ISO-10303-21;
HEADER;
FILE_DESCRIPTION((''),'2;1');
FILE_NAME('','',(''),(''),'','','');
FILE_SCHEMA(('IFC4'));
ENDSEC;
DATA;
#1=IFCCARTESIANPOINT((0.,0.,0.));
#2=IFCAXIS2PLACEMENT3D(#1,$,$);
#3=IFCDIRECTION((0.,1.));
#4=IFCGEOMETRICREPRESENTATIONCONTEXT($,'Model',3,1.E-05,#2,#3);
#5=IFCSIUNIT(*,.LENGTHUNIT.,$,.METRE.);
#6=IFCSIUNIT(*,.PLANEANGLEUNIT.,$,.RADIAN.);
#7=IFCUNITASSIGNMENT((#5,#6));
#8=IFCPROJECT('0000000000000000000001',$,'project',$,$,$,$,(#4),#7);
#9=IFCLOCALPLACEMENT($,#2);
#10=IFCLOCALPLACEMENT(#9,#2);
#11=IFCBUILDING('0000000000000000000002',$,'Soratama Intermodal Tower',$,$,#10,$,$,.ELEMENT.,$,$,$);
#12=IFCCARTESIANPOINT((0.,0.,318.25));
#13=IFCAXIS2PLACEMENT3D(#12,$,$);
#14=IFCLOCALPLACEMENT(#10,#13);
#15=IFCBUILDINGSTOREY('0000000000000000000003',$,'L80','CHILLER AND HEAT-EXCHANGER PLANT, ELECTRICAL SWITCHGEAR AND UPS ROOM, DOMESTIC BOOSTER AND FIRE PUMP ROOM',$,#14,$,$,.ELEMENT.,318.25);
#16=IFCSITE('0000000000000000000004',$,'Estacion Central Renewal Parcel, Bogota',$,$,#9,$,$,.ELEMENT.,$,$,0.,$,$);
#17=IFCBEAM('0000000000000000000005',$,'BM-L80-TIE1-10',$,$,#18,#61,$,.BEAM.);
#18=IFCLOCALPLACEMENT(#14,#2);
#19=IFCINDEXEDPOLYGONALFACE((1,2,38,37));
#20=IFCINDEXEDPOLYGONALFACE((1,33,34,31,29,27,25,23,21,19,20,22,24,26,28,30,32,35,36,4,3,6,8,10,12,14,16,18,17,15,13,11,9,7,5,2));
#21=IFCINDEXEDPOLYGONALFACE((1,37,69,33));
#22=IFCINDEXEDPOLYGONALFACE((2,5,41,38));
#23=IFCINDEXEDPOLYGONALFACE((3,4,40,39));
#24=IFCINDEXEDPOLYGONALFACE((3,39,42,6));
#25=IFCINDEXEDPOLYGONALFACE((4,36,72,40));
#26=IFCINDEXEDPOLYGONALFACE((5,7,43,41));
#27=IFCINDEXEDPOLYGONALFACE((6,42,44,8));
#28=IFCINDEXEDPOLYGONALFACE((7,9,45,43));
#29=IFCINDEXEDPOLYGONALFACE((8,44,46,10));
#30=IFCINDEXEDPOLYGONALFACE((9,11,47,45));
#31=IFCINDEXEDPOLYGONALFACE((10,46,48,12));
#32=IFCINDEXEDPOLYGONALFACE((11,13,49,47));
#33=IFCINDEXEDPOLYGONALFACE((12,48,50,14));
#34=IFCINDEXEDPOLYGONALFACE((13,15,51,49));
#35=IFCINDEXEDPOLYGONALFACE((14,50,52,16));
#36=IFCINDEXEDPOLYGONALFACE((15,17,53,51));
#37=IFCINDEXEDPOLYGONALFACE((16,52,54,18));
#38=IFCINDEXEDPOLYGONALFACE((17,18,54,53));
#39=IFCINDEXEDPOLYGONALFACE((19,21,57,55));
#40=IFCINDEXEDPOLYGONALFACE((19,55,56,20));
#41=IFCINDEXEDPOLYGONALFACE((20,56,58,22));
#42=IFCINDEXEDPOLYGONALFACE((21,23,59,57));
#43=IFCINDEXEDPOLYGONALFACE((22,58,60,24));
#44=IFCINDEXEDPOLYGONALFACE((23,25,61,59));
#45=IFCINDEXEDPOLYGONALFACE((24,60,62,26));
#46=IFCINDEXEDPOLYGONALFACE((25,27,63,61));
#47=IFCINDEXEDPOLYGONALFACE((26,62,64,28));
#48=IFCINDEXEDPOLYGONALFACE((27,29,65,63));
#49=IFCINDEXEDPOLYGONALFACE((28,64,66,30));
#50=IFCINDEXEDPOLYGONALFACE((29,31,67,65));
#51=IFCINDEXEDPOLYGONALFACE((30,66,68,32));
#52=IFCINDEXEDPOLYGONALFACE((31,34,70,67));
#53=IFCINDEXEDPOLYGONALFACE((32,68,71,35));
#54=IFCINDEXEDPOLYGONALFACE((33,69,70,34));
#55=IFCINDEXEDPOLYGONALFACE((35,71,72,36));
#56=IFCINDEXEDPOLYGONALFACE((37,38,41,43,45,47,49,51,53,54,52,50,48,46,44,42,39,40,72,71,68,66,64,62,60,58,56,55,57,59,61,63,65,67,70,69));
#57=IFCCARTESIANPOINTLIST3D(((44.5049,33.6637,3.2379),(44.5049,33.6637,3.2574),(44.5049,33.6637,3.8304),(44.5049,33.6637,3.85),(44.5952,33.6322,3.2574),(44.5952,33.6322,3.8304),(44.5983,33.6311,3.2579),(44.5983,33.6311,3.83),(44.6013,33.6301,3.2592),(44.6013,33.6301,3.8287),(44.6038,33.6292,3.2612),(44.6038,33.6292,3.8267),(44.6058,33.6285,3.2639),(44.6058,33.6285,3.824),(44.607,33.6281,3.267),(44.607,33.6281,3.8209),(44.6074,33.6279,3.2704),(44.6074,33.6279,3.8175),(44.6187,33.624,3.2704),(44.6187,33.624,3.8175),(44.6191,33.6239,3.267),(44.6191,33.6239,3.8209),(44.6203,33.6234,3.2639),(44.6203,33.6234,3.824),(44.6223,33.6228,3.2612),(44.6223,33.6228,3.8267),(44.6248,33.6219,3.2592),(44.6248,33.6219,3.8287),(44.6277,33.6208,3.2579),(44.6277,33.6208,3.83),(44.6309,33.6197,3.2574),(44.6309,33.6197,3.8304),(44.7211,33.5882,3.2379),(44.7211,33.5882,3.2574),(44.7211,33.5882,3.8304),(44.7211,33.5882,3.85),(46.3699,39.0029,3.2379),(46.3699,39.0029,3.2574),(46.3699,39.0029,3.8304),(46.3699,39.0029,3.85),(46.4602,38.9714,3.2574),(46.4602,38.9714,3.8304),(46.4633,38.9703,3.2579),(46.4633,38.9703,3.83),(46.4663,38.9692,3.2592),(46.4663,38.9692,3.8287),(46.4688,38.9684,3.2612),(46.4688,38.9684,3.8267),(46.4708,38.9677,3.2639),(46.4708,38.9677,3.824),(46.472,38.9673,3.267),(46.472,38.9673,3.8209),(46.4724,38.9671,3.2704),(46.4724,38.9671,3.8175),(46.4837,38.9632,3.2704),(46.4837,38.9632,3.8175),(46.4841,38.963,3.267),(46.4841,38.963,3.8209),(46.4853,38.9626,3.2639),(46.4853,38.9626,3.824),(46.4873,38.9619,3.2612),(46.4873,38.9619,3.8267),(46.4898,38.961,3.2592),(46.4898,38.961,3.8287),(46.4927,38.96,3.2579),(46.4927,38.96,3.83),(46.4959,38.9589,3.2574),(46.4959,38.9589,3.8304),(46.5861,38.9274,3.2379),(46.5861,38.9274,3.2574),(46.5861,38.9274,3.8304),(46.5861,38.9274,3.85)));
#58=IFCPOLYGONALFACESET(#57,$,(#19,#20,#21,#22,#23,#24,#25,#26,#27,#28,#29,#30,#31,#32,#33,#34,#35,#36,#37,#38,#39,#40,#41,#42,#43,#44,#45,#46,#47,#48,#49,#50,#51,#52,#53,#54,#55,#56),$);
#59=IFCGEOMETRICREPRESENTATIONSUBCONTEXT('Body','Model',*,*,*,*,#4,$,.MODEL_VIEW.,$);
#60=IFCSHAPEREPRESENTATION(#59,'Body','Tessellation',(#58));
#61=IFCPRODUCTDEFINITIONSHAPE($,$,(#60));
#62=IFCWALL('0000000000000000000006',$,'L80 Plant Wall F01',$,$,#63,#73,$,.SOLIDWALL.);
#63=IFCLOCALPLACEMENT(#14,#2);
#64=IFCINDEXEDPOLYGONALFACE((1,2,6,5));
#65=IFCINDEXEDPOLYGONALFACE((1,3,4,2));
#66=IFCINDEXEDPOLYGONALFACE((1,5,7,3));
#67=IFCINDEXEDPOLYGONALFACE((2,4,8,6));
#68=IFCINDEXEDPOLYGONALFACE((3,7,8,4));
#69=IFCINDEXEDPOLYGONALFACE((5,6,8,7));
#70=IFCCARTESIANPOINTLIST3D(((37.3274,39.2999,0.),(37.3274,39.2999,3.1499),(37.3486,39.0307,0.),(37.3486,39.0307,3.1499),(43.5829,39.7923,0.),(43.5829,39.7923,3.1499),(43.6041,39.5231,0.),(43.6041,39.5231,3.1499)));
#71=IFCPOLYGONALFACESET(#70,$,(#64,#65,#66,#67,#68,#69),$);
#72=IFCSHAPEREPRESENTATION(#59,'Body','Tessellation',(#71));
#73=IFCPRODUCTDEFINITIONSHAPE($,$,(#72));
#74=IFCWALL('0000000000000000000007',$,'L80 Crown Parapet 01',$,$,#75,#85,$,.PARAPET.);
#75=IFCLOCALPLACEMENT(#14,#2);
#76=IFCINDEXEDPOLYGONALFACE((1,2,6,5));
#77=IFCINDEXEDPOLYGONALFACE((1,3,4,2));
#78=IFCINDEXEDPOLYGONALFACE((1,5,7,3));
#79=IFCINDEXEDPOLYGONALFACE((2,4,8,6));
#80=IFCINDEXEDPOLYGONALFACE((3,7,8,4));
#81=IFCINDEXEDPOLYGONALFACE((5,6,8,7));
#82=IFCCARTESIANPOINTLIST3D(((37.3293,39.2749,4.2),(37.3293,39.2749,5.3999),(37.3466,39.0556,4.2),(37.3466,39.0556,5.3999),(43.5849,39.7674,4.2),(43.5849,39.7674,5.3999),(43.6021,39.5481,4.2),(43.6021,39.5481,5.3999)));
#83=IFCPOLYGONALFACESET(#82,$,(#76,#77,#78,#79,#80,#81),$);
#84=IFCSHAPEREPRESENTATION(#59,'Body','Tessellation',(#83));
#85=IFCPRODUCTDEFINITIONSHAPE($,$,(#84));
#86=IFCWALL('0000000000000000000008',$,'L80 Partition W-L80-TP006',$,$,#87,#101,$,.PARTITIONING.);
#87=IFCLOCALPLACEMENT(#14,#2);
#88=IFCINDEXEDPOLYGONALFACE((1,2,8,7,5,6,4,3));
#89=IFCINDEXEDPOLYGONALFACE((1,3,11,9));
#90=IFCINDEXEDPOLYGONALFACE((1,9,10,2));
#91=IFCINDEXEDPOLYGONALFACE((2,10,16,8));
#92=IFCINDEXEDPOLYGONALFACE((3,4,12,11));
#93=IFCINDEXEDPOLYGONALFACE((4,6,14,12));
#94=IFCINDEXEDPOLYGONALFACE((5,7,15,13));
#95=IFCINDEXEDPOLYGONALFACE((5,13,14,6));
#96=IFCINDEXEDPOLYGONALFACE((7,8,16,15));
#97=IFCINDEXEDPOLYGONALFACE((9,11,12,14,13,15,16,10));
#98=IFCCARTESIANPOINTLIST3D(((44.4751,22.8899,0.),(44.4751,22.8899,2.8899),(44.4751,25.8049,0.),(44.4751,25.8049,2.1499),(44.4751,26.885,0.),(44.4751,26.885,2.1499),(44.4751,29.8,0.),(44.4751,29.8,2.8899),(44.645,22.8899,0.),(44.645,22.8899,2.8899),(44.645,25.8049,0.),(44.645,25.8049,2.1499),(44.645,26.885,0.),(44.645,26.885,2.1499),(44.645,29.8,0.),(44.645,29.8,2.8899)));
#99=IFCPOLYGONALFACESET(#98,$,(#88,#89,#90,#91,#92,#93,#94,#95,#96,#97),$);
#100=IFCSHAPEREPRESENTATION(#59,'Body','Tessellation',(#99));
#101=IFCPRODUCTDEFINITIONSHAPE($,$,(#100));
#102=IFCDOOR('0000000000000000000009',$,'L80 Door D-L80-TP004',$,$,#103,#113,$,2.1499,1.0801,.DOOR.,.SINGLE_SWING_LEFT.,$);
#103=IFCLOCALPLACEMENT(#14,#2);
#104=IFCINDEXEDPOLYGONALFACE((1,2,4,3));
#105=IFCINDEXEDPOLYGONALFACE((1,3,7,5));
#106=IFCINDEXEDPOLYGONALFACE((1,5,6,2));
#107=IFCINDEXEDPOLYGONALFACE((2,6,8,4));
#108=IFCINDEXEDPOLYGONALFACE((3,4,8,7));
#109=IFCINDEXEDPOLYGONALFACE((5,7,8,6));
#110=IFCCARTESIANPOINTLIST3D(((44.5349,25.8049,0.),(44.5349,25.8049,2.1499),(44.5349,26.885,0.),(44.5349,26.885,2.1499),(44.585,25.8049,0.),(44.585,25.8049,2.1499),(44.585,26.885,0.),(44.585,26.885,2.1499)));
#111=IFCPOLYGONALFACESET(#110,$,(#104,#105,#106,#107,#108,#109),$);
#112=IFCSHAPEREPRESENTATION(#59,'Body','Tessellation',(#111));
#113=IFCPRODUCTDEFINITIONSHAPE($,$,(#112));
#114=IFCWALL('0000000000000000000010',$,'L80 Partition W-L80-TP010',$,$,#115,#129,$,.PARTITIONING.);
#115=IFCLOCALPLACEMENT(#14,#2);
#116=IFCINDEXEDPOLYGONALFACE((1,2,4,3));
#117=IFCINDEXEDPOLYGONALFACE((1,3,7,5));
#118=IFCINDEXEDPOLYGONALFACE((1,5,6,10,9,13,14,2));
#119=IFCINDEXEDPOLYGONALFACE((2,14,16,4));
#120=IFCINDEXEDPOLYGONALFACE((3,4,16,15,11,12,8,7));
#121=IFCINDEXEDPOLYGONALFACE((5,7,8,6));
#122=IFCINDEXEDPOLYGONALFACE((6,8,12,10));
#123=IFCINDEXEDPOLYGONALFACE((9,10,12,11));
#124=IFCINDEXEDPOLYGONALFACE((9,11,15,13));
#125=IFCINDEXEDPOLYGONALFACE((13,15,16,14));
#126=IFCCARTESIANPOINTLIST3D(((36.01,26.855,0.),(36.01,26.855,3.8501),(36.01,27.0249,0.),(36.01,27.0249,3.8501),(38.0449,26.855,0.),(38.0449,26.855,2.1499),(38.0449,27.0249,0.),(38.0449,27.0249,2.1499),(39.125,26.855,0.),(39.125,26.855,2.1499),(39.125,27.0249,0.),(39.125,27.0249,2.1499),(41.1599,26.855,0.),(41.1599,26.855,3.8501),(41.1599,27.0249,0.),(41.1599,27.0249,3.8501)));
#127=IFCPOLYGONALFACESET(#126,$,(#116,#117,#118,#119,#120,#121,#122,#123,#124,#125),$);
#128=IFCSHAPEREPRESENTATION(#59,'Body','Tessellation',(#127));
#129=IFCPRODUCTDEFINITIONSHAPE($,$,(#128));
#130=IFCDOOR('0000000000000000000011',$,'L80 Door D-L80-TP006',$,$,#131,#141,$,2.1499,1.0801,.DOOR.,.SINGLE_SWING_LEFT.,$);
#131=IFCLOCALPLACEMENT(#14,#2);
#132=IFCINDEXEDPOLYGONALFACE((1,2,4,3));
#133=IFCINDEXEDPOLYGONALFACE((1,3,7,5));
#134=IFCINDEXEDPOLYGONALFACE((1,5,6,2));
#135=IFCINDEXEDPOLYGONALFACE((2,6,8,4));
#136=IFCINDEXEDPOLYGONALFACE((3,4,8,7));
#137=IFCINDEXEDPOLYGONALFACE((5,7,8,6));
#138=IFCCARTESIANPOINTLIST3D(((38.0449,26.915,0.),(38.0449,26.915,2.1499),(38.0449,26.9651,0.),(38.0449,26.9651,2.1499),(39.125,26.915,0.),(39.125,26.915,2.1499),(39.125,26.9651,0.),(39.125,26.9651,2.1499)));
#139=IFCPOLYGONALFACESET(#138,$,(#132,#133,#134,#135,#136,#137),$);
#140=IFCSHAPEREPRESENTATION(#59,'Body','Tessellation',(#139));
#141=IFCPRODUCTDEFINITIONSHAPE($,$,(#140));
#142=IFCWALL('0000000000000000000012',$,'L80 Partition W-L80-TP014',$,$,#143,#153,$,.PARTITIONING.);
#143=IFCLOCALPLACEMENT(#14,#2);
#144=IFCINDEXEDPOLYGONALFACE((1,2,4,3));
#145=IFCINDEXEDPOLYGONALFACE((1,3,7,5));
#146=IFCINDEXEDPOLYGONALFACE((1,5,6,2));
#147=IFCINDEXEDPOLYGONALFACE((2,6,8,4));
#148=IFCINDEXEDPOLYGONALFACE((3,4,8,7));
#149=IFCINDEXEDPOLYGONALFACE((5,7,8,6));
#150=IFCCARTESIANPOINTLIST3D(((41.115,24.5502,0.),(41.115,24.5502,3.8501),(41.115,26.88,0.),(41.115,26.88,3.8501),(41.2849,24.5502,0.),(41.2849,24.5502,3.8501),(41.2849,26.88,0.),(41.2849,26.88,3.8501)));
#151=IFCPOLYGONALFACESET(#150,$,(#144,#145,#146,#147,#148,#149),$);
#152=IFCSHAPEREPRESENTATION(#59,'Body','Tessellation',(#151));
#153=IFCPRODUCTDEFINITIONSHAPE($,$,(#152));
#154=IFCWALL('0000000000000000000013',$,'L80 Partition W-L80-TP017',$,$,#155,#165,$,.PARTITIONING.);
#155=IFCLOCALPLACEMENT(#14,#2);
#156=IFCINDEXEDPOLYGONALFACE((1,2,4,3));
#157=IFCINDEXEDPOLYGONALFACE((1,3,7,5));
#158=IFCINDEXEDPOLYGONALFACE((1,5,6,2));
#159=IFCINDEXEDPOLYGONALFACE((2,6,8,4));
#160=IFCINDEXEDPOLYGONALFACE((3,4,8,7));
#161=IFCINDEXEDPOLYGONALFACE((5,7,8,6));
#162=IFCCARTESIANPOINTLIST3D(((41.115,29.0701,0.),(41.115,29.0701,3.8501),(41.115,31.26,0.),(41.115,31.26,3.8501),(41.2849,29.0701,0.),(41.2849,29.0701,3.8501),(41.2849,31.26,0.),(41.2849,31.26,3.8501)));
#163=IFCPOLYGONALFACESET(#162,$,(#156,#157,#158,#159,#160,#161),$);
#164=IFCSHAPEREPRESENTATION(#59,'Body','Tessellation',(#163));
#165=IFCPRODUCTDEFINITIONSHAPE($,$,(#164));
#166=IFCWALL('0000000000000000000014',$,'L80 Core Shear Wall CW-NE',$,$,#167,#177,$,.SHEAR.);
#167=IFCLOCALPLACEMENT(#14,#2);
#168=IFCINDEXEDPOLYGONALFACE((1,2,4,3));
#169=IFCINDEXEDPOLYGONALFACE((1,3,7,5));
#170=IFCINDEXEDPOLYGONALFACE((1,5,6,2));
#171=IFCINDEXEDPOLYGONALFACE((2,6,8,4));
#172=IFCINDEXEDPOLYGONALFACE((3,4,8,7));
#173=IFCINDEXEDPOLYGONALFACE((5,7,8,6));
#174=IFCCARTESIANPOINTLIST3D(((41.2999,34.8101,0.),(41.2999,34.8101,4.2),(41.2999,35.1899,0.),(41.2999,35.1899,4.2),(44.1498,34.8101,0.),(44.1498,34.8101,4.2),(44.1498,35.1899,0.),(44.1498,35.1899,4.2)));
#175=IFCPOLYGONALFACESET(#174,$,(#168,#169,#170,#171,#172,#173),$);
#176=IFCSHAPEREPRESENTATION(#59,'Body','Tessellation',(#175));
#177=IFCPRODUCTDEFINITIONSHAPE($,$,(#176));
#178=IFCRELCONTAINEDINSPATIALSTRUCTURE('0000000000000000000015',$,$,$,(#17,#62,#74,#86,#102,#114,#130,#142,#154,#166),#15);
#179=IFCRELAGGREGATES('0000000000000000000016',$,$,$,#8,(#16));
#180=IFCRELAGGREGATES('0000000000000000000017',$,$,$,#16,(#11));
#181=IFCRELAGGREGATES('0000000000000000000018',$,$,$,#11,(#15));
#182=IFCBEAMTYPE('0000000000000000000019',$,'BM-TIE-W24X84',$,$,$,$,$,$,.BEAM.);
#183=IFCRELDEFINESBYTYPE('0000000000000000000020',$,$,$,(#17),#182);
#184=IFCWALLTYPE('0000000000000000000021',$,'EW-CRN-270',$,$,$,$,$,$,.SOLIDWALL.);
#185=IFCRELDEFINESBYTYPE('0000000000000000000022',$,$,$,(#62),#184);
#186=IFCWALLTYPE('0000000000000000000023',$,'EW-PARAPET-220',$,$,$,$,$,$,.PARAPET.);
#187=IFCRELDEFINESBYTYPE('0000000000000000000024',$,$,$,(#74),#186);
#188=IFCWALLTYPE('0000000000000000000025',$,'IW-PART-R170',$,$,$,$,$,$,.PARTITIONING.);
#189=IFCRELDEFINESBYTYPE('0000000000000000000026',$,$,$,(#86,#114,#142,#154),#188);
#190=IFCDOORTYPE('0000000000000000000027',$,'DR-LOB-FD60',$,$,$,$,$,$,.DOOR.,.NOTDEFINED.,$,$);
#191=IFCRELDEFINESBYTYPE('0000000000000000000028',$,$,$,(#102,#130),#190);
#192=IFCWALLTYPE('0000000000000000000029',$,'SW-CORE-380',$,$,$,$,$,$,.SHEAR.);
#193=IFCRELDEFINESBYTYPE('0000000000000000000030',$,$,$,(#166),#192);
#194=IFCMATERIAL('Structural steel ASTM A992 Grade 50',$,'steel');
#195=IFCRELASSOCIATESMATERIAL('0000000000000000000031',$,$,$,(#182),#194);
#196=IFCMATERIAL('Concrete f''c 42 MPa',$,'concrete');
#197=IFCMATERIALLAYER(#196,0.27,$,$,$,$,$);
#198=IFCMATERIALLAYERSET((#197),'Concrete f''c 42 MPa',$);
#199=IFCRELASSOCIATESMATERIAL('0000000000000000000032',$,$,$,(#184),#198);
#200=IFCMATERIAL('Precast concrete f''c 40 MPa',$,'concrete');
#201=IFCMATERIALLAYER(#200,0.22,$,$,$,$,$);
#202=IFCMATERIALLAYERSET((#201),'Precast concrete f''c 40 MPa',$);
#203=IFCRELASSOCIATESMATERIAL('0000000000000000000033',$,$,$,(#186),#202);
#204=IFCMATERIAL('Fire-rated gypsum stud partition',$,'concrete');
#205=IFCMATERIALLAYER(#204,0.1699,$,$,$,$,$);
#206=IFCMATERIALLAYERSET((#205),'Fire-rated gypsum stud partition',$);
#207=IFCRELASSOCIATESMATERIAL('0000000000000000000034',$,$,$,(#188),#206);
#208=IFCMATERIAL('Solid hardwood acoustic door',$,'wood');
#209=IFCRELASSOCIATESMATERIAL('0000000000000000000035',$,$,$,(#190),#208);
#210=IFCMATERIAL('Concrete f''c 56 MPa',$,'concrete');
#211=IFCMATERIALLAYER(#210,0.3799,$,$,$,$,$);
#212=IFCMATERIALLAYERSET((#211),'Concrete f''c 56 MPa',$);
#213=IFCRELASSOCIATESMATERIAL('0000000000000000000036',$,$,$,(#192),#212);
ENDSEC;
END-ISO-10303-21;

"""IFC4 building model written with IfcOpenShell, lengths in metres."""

from ifc_helpers import new_model, si_unit, direction, frame, frame_2d, origin, origin_2d, place, context, subcontext, project, spatial, rectangle, i_section, extrude, material, layer, layer_set, material_profile, profile_set, type_object, element, fill, save


model = new_model("IFC4")

# Units and contexts
model_context = context("Model", 3, precision=1e-05, world=origin(), true_north=direction((0.0, 1.0)))
body_context = subcontext(model_context, "Body", "Model", "MODEL_VIEW")
ifc_project = project(units=[si_unit("LENGTHUNIT", "METRE"), si_unit("PLANEANGLEUNIT", "RADIAN")], contexts=[model_context])

# Site, building, storey
site_placement = place(None, origin())
site = spatial("IfcSite", under=ifc_project, at=site_placement, Name="Estacion Central Renewal Parcel, Bogota", CompositionType="ELEMENT", RefElevation=0.0)
building_placement = place(site_placement, origin())
building = spatial("IfcBuilding", under=site, at=building_placement, Name="Soratama Intermodal Tower", CompositionType="ELEMENT")
storey_placement = place(building_placement, frame((0.0, 0.0, 318.25)))
storey = spatial("IfcBuildingStorey", under=building, at=storey_placement, Name="L80", Description="CHILLER AND HEAT-EXCHANGER PLANT, ELECTRICAL SWITCHGEAR AND UPS ROOM, DOMESTIC BOOSTER AND FIRE PUMP ROOM", CompositionType="ELEMENT", Elevation=318.25)

# Beam
ifc_material_1 = material(Name="Structural steel ASTM A992 Grade 50", Category="steel")
ifc_material_profile_1 = material_profile(ifc_material_1, i_section(OverallWidth=0.229, OverallDepth=0.6121, WebThickness=0.012, FlangeThickness=0.0195, FilletRadius=0.0129, at=origin_2d()), Name="W24X84")
ifc_profile_set_1 = profile_set([ifc_material_profile_1], Name="Structural steel ASTM A992 Grade 50")
beam_type_1 = type_object("IfcBeamType", Name="BM-TIE-W24X84", PredefinedType="BEAM", material=ifc_profile_set_1)
beam_1_placement = place(storey_placement, frame((44.613, 33.626, 3.5439), z_axis=(0.329768, 0.944062, 0.0), x_axis=(-0.944062, 0.329768, 0.0)))
element("IfcBeam", 1, at=beam_1_placement, inside=storey, type_object=beam_type_1, Name="BM-L80-TIE1-10", PredefinedType="BEAM", context=body_context, shape_type="SweptSolid", body=[
    extrude(i_section(OverallWidth=0.229, OverallDepth=0.6121, WebThickness=0.012, FlangeThickness=0.0195, FilletRadius=0.0129, at=origin_2d()), origin(), (0.0, 0.0, 1.0), 5.6555),
])

# Walls
ifc_material_2 = material(Name="Concrete f'c 42 MPa", Category="concrete")
ifc_layer_1 = layer(ifc_material_2, 0.27)
ifc_layer_set_1 = layer_set([ifc_layer_1], Name="Concrete f'c 42 MPa")
wall_type_1 = type_object("IfcWallType", Name="EW-CRN-270", PredefinedType="SOLIDWALL", material=ifc_layer_set_1)
wall_1_placement = place(storey_placement, frame((43.5935, 39.6577, 0.0), z_axis=(0.0, 0.0, 1.0), x_axis=(-0.996916, -0.078476, 0.0)))
element("IfcWall", 2, at=wall_1_placement, inside=storey, type_object=wall_type_1, Name="L80 Plant Wall F01", PredefinedType="SOLIDWALL", context=body_context, shape_type="SweptSolid", body=[
    extrude(rectangle(XDim=6.2749, YDim=0.27, at=frame_2d((3.1375, 0.0))), origin(), (0.0, 0.0, 1.0), 3.1499),
])
ifc_material_3 = material(Name="Precast concrete f'c 40 MPa", Category="concrete")
ifc_layer_2 = layer(ifc_material_3, 0.22)
ifc_layer_set_2 = layer_set([ifc_layer_2], Name="Precast concrete f'c 40 MPa")
wall_type_2 = type_object("IfcWallType", Name="EW-PARAPET-220", PredefinedType="PARAPET", material=ifc_layer_set_2)
wall_2_placement = place(storey_placement, frame((43.5935, 39.6577, 4.2), z_axis=(0.0, 0.0, 1.0), x_axis=(-0.996916, -0.078476, 0.0)))
element("IfcWall", 3, at=wall_2_placement, inside=storey, type_object=wall_type_2, Name="L80 Crown Parapet 01", PredefinedType="PARAPET", context=body_context, shape_type="SweptSolid", body=[
    extrude(rectangle(XDim=6.2749, YDim=0.22, at=frame_2d((3.1375, 0.0))), origin(), (0.0, 0.0, 1.0), 1.2),
])

# Walls, openings, doors
ifc_material_4 = material(Name="Fire-rated gypsum stud partition", Category="concrete")
ifc_layer_3 = layer(ifc_material_4, 0.1699)
ifc_layer_set_3 = layer_set([ifc_layer_3], Name="Fire-rated gypsum stud partition")
wall_type_3 = type_object("IfcWallType", Name="IW-PART-R170", PredefinedType="PARTITIONING", material=ifc_layer_set_3)
wall_3_placement = place(storey_placement, frame((44.5601, 29.8, 0.0), z_axis=(0.0, 0.0, 1.0), x_axis=(0.0, -1.0, 0.0)))
wall_3 = element("IfcWall", 4, at=wall_3_placement, inside=storey, type_object=wall_type_3, Name="L80 Partition W-L80-TP006", PredefinedType="PARTITIONING", context=body_context, shape_type="SweptSolid", body=[
    extrude(rectangle(XDim=6.9102, YDim=0.1699, at=frame_2d((3.4551, 0.0))), origin(), (0.0, 0.0, 1.0), 2.8899),
])
opening_1_placement = place(wall_3_placement, frame((2.915, 0.0, 0.0)))
opening_1 = element("IfcOpeningElement", 5, at=opening_1_placement, cuts=wall_3, PredefinedType="OPENING", context=body_context, shape_type="SweptSolid", body=[
    extrude(rectangle(XDim=1.0801, YDim=2.1499, at=frame_2d((0.54, 1.075))), frame((0.0, 0.095, 0.0), z_axis=(0.0, -1.0, 0.0), x_axis=(1.0, 0.0, 0.0)), (0.0, 0.0, 1.0), 0.1899),
])
ifc_material_5 = material(Name="Solid hardwood acoustic door", Category="wood")
door_type_1 = type_object("IfcDoorType", Name="DR-LOB-FD60", OperationType="NOTDEFINED", PredefinedType="DOOR", material=ifc_material_5)
door_1_placement = place(opening_1_placement, origin())
door_1 = element("IfcDoor", 6, at=door_1_placement, inside=storey, type_object=door_type_1, Name="L80 Door D-L80-TP004", OperationType="SINGLE_SWING_LEFT", OverallHeight=2.1499, OverallWidth=1.0801, PredefinedType="DOOR", context=body_context, shape_type="SweptSolid", body=[
    extrude(rectangle(XDim=1.0801, YDim=2.1499, at=frame_2d((0.54, 1.075))), frame((0.0, 0.0249, 0.0), z_axis=(0.0, -1.0, 0.0), x_axis=(1.0, 0.0, 0.0)), (0.0, 0.0, 1.0), 0.05),
])
fill(opening_1, door_1)
wall_4_placement = place(storey_placement, frame((41.1599, 26.9399, 0.0), z_axis=(0.0, 0.0, 1.0), x_axis=(-1.0, 0.0, 0.0)))
wall_4 = element("IfcWall", 7, at=wall_4_placement, inside=storey, type_object=wall_type_3, Name="L80 Partition W-L80-TP010", PredefinedType="PARTITIONING", context=body_context, shape_type="SweptSolid", body=[
    extrude(rectangle(XDim=5.1499, YDim=0.1699, at=frame_2d((2.575, 0.0))), origin(), (0.0, 0.0, 1.0), 3.8501),
])
opening_2_placement = place(wall_4_placement, frame((2.0349, 0.0, 0.0)))
opening_2 = element("IfcOpeningElement", 8, at=opening_2_placement, cuts=wall_4, PredefinedType="OPENING", context=body_context, shape_type="SweptSolid", body=[
    extrude(rectangle(XDim=1.0801, YDim=2.1499, at=frame_2d((0.54, 1.075))), frame((0.0, 0.095, 0.0), z_axis=(0.0, -1.0, 0.0), x_axis=(1.0, 0.0, 0.0)), (0.0, 0.0, 1.0), 0.1899),
])
door_2_placement = place(opening_2_placement, origin())
door_2 = element("IfcDoor", 9, at=door_2_placement, inside=storey, type_object=door_type_1, Name="L80 Door D-L80-TP006", OperationType="SINGLE_SWING_LEFT", OverallHeight=2.1499, OverallWidth=1.0801, PredefinedType="DOOR", context=body_context, shape_type="SweptSolid", body=[
    extrude(rectangle(XDim=1.0801, YDim=2.1499, at=frame_2d((0.54, 1.075))), frame((0.0, 0.0249, 0.0), z_axis=(0.0, -1.0, 0.0), x_axis=(1.0, 0.0, 0.0)), (0.0, 0.0, 1.0), 0.05),
])
fill(opening_2, door_2)

# Walls
wall_5_placement = place(storey_placement, frame((41.2, 24.55, 0.0), z_axis=(0.0, 0.0, 1.0), x_axis=(0.0, 1.0, 0.0)))
element("IfcWall", 10, at=wall_5_placement, inside=storey, type_object=wall_type_3, Name="L80 Partition W-L80-TP014", PredefinedType="PARTITIONING", context=body_context, shape_type="SweptSolid", body=[
    extrude(rectangle(XDim=2.3298, YDim=0.1699, at=frame_2d((1.165, 0.0))), origin(), (0.0, 0.0, 1.0), 3.8501),
])
wall_6_placement = place(storey_placement, frame((41.2, 29.0701, 0.0), z_axis=(0.0, 0.0, 1.0), x_axis=(0.0, 1.0, 0.0)))
element("IfcWall", 11, at=wall_6_placement, inside=storey, type_object=wall_type_3, Name="L80 Partition W-L80-TP017", PredefinedType="PARTITIONING", context=body_context, shape_type="SweptSolid", body=[
    extrude(rectangle(XDim=2.1899, YDim=0.1699, at=frame_2d((1.095, 0.0))), origin(), (0.0, 0.0, 1.0), 3.8501),
])
ifc_material_6 = material(Name="Concrete f'c 56 MPa", Category="concrete")
ifc_layer_4 = layer(ifc_material_6, 0.3799)
ifc_layer_set_4 = layer_set([ifc_layer_4], Name="Concrete f'c 56 MPa")
wall_type_4 = type_object("IfcWallType", Name="SW-CORE-380", PredefinedType="SHEAR", material=ifc_layer_set_4)
wall_7_placement = place(storey_placement, frame((41.3, 35.0, 0.0), z_axis=(0.0, 0.0, 1.0), x_axis=(1.0, 0.0, 0.0)))
element("IfcWall", 12, at=wall_7_placement, inside=storey, type_object=wall_type_4, Name="L80 Core Shear Wall CW-NE", PredefinedType="SHEAR", context=body_context, shape_type="SweptSolid", body=[
    extrude(rectangle(XDim=2.8499, YDim=0.3799, at=frame_2d((1.4248, 0.0))), origin(), (0.0, 0.0, 1.0), 4.2),
])

save(model, "model.ifc")
